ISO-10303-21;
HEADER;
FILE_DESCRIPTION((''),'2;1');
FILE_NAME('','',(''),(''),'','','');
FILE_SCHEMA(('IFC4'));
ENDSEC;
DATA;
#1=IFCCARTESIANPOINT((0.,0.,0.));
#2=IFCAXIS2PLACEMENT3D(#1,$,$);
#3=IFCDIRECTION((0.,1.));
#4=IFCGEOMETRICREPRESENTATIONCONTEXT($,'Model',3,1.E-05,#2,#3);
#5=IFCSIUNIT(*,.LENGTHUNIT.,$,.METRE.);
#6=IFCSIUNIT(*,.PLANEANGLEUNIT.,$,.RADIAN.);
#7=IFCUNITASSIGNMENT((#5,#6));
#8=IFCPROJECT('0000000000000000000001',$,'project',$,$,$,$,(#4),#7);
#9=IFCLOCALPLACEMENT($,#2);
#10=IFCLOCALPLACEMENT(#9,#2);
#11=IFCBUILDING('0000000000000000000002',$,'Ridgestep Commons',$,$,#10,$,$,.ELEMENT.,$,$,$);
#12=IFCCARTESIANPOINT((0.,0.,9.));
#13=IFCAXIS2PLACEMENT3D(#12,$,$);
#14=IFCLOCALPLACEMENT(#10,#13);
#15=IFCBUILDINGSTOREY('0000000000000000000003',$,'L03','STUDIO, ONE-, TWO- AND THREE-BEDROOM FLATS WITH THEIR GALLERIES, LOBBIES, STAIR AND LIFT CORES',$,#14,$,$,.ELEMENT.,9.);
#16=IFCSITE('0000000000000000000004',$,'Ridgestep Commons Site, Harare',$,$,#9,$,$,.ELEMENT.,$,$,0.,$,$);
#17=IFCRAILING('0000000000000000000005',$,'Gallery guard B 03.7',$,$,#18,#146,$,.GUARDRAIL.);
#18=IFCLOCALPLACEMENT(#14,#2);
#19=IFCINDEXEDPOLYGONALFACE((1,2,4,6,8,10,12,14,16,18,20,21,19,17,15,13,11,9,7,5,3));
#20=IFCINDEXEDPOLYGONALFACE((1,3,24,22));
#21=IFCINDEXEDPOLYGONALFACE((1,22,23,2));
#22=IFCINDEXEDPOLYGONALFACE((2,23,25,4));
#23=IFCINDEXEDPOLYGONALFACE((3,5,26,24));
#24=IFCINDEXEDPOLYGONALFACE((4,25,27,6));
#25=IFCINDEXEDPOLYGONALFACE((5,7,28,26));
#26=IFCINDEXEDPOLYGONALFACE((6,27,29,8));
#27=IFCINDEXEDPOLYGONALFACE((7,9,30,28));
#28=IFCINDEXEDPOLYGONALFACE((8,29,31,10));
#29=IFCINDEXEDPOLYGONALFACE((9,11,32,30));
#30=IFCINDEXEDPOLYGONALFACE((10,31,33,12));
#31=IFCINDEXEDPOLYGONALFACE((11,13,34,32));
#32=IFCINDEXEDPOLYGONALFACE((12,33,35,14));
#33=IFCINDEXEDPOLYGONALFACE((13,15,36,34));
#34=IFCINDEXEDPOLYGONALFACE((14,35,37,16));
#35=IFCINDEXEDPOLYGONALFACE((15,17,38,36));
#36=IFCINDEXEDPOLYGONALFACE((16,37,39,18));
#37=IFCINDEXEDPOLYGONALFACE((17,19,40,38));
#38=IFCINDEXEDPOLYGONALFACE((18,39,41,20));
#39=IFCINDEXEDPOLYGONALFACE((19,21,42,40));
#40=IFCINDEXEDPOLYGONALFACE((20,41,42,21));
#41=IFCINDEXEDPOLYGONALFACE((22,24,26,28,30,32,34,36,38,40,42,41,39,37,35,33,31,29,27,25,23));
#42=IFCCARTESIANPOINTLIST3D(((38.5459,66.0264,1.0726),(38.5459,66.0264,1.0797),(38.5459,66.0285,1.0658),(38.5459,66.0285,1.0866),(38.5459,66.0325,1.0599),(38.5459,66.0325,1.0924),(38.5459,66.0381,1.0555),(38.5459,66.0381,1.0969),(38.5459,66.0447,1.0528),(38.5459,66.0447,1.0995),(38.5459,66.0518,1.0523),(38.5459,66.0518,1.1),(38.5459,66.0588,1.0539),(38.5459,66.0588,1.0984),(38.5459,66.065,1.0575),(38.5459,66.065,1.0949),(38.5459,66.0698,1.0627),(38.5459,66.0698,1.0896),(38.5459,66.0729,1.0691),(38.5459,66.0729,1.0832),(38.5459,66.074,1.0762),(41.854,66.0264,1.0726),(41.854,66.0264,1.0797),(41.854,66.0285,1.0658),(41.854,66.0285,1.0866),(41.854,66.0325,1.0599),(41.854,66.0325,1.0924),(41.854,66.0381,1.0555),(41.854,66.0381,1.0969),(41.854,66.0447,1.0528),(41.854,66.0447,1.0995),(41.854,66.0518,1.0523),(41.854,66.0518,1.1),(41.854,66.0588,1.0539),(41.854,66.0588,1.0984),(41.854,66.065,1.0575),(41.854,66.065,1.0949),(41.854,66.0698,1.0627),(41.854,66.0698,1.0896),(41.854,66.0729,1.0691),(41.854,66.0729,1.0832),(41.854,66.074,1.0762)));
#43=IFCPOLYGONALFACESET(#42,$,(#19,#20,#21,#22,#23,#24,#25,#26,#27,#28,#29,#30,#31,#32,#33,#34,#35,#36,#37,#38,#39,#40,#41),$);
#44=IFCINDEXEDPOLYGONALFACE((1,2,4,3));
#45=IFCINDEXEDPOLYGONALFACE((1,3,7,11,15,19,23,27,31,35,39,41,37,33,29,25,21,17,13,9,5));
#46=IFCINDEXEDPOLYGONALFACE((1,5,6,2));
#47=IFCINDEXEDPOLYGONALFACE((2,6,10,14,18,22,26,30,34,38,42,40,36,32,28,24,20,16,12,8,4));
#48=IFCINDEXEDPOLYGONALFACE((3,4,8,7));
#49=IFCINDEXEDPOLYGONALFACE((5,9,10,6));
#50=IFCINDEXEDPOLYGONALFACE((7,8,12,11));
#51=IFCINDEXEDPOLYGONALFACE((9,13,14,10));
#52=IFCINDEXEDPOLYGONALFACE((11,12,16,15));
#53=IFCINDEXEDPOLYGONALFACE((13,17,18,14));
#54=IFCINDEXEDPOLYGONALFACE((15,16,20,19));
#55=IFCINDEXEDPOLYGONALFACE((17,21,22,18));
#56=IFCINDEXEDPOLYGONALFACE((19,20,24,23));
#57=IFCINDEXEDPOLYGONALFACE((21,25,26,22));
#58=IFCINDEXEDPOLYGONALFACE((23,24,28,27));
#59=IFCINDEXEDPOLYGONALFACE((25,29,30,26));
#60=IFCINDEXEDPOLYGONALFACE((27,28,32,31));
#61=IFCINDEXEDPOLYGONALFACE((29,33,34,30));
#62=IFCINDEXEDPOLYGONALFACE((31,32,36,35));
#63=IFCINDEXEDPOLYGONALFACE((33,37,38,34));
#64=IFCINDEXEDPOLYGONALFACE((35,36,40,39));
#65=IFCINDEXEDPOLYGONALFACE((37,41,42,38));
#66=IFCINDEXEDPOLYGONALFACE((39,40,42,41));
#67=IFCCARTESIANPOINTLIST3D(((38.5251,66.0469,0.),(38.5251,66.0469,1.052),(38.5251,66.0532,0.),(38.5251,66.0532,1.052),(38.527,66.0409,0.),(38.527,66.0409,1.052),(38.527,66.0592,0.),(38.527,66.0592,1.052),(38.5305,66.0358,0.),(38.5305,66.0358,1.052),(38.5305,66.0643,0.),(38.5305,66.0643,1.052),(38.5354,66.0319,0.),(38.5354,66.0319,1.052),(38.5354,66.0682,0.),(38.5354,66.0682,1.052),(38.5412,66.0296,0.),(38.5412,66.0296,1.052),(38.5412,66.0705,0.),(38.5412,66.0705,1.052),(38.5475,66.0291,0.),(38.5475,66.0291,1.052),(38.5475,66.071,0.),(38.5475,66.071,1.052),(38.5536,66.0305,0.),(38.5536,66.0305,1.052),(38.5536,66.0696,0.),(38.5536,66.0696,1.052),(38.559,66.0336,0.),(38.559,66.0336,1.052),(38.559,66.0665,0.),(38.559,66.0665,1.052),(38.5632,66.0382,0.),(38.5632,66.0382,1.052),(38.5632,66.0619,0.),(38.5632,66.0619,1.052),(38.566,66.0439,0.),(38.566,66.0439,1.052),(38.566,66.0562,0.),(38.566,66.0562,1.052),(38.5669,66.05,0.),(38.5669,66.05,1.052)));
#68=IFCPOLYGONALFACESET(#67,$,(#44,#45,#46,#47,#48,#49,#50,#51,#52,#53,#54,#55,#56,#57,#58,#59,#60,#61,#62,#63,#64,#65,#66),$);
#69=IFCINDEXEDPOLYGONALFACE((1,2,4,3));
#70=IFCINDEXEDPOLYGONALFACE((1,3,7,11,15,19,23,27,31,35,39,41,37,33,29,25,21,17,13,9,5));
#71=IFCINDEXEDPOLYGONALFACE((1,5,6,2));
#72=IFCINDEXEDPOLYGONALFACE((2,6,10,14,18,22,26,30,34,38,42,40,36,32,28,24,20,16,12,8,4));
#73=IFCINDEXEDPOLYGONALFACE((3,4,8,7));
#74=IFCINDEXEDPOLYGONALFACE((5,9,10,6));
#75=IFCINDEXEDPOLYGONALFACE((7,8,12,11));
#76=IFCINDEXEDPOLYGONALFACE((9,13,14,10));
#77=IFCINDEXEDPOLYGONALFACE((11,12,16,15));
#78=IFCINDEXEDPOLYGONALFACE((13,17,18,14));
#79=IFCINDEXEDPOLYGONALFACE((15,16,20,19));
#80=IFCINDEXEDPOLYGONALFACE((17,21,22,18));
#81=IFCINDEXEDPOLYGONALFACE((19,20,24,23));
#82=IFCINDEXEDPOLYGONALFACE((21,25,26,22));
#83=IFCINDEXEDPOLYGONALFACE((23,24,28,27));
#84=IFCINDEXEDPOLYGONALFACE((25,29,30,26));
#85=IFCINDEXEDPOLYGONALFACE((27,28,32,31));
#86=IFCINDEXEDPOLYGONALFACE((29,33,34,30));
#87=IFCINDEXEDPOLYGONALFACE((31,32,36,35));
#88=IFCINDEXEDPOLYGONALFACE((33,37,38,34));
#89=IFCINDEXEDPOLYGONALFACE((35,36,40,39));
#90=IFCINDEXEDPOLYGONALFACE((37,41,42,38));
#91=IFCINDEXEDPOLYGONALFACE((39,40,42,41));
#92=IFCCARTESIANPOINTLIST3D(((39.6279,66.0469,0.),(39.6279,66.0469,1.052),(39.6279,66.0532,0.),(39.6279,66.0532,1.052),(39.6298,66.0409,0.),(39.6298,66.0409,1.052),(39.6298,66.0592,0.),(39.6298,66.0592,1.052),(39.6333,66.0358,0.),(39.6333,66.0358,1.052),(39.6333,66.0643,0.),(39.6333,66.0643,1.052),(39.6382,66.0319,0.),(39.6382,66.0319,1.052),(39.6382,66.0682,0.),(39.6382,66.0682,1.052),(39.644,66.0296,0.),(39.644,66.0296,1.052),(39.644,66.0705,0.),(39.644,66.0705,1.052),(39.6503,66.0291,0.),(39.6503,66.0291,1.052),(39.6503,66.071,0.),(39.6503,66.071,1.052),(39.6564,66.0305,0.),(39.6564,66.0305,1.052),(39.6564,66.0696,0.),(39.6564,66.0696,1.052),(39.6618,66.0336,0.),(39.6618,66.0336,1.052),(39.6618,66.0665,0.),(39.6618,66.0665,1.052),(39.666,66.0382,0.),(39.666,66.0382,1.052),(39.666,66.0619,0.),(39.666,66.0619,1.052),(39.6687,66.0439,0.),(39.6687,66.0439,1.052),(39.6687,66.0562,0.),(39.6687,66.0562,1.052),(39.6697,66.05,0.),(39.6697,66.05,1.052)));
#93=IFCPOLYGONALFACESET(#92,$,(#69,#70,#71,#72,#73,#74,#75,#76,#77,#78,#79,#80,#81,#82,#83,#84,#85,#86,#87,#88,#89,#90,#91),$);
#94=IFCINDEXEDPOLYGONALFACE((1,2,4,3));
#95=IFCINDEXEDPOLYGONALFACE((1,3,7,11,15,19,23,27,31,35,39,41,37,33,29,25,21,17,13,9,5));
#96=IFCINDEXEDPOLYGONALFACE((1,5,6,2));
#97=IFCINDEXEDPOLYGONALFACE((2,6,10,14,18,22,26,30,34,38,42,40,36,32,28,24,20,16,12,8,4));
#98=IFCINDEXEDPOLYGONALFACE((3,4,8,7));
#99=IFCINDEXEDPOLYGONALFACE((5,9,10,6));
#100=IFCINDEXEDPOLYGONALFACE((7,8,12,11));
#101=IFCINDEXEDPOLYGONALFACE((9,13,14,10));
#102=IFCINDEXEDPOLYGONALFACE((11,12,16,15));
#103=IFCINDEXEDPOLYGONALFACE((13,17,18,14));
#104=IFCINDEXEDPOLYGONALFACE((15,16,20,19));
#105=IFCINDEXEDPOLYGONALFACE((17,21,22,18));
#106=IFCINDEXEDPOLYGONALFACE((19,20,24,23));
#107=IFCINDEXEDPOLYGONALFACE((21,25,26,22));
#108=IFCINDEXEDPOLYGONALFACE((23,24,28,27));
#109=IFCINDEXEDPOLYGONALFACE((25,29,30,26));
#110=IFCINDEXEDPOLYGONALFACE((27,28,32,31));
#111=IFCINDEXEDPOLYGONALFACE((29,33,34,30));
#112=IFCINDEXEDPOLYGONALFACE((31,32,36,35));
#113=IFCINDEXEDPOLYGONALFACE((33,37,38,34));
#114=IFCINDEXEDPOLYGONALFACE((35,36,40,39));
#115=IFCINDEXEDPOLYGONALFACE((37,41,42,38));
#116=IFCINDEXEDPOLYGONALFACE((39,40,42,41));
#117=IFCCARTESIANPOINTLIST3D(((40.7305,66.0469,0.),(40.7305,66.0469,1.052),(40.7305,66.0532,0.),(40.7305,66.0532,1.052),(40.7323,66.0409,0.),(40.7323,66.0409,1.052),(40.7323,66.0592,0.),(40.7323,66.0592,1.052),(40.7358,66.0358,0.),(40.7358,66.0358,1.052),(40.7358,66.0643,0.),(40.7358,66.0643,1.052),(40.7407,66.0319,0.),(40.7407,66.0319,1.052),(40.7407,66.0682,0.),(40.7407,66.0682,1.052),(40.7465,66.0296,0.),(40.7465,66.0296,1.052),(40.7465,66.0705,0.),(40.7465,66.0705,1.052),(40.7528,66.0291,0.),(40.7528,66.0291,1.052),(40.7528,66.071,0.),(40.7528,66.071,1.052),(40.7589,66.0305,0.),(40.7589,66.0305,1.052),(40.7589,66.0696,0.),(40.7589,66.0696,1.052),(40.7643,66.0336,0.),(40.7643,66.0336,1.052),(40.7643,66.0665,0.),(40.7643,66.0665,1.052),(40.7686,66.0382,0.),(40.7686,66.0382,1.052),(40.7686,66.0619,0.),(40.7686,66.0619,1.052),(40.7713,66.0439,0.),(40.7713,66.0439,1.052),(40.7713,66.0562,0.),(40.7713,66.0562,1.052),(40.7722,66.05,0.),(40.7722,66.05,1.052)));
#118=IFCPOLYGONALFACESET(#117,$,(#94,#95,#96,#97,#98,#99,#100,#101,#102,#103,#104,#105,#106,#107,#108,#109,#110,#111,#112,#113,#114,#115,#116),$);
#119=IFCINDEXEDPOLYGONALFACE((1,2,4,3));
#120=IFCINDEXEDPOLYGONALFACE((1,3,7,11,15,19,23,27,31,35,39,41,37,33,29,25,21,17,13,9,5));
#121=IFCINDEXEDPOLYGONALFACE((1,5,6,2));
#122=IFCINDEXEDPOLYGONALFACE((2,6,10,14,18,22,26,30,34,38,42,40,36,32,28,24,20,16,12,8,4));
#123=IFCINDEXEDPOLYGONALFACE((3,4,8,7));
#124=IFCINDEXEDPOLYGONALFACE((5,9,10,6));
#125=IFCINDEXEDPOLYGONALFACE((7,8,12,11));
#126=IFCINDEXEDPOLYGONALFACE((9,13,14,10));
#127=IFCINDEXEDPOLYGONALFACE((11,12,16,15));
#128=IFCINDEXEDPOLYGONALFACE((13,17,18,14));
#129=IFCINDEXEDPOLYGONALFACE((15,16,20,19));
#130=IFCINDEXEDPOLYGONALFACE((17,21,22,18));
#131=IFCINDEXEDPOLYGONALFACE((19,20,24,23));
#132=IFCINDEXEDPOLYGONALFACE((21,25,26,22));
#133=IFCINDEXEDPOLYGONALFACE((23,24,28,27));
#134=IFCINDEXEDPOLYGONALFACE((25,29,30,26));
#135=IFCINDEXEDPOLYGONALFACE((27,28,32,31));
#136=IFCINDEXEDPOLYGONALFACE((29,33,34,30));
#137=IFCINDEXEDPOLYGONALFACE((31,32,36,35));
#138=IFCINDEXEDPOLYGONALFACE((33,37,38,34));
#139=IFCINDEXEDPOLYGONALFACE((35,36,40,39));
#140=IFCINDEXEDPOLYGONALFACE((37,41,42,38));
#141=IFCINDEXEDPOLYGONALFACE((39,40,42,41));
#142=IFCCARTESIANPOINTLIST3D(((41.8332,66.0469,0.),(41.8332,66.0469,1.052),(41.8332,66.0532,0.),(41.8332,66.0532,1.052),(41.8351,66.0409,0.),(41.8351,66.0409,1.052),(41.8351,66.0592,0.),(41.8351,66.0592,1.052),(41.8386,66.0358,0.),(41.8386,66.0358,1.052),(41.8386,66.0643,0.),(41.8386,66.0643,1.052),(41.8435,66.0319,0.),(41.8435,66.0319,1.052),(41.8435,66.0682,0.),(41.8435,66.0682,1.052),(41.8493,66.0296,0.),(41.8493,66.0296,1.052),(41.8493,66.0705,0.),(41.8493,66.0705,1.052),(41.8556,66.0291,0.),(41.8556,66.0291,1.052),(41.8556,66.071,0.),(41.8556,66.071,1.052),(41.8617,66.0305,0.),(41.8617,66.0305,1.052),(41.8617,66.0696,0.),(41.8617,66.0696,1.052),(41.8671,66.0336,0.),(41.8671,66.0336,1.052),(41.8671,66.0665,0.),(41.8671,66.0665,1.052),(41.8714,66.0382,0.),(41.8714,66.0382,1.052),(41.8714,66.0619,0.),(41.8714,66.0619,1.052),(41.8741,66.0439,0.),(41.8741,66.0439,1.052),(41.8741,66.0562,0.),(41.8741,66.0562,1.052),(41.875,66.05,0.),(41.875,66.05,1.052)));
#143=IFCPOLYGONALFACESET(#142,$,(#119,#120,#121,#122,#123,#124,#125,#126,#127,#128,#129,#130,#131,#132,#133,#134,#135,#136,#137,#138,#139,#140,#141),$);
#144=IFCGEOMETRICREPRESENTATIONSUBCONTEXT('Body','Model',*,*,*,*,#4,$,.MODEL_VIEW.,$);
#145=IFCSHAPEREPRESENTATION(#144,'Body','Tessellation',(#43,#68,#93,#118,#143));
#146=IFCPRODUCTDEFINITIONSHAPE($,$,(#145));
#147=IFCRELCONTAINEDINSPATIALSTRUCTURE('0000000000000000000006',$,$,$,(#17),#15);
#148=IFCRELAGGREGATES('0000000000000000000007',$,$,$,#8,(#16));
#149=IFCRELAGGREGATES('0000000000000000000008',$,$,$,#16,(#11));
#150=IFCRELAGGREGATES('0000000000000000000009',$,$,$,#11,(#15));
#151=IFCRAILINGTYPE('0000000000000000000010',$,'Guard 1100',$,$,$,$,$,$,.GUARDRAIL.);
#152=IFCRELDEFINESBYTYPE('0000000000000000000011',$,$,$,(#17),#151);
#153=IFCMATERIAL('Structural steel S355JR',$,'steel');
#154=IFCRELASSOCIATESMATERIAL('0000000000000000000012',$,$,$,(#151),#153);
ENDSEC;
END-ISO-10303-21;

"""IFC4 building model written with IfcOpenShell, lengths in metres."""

from ifc_helpers import new_model, si_unit, direction, frame, origin, origin_2d, place, context, subcontext, project, spatial, circle, extrude, material, type_object, element, save


model = new_model("IFC4")

# Units and contexts
model_context = context("Model", 3, precision=1e-05, world=origin(), true_north=direction((0.0, 1.0)))
body_context = subcontext(model_context, "Body", "Model", "MODEL_VIEW")
ifc_project = project(units=[si_unit("LENGTHUNIT", "METRE"), si_unit("PLANEANGLEUNIT", "RADIAN")], contexts=[model_context])

# Site, building, storey
site_placement = place(None, origin())
site = spatial("IfcSite", under=ifc_project, at=site_placement, Name="Ridgestep Commons Site, Harare", CompositionType="ELEMENT", RefElevation=0.0)
building_placement = place(site_placement, origin())
building = spatial("IfcBuilding", under=site, at=building_placement, Name="Ridgestep Commons", CompositionType="ELEMENT")
storey_placement = place(building_placement, frame((0.0, 0.0, 9.0)))
storey = spatial("IfcBuildingStorey", under=building, at=storey_placement, Name="L03", Description="STUDIO, ONE-, TWO- AND THREE-BEDROOM FLATS WITH THEIR GALLERIES, LOBBIES, STAIR AND LIFT CORES", CompositionType="ELEMENT", Elevation=9.0)

# Railing
ifc_material_1 = material(Name="Structural steel S355JR", Category="steel")
railing_type = type_object("IfcRailingType", Name="Guard 1100", PredefinedType="GUARDRAIL", material=ifc_material_1)
railing_1_placement = place(storey_placement, frame((38.5459, 66.05, 0.0)))
element("IfcRailing", 1, at=railing_1_placement, inside=storey, type_object=railing_type, Name="Gallery guard B 03.7", PredefinedType="GUARDRAIL", context=body_context, shape_type="SweptSolid", body=[
    extrude(circle(Radius=0.0239, at=origin_2d()), frame((0.0, 0.0, 1.0762), z_axis=(1.0, 0.0, 0.0), x_axis=(0.0, 1.0, 0.0)), (0.0, 0.0, 1.0), 3.3081),
    extrude(circle(Radius=0.021, at=origin_2d()), origin(), (0.0, 0.0, 1.0), 1.052),
    extrude(circle(Radius=0.021, at=origin_2d()), frame((1.1028, 0.0, 0.0)), (0.0, 0.0, 1.0), 1.052),
    extrude(circle(Radius=0.021, at=origin_2d()), frame((2.2053, 0.0, 0.0)), (0.0, 0.0, 1.0), 1.052),
    extrude(circle(Radius=0.021, at=origin_2d()), frame((3.3081, 0.0, 0.0)), (0.0, 0.0, 1.0), 1.052),
])

save(model, "model.ifc")
